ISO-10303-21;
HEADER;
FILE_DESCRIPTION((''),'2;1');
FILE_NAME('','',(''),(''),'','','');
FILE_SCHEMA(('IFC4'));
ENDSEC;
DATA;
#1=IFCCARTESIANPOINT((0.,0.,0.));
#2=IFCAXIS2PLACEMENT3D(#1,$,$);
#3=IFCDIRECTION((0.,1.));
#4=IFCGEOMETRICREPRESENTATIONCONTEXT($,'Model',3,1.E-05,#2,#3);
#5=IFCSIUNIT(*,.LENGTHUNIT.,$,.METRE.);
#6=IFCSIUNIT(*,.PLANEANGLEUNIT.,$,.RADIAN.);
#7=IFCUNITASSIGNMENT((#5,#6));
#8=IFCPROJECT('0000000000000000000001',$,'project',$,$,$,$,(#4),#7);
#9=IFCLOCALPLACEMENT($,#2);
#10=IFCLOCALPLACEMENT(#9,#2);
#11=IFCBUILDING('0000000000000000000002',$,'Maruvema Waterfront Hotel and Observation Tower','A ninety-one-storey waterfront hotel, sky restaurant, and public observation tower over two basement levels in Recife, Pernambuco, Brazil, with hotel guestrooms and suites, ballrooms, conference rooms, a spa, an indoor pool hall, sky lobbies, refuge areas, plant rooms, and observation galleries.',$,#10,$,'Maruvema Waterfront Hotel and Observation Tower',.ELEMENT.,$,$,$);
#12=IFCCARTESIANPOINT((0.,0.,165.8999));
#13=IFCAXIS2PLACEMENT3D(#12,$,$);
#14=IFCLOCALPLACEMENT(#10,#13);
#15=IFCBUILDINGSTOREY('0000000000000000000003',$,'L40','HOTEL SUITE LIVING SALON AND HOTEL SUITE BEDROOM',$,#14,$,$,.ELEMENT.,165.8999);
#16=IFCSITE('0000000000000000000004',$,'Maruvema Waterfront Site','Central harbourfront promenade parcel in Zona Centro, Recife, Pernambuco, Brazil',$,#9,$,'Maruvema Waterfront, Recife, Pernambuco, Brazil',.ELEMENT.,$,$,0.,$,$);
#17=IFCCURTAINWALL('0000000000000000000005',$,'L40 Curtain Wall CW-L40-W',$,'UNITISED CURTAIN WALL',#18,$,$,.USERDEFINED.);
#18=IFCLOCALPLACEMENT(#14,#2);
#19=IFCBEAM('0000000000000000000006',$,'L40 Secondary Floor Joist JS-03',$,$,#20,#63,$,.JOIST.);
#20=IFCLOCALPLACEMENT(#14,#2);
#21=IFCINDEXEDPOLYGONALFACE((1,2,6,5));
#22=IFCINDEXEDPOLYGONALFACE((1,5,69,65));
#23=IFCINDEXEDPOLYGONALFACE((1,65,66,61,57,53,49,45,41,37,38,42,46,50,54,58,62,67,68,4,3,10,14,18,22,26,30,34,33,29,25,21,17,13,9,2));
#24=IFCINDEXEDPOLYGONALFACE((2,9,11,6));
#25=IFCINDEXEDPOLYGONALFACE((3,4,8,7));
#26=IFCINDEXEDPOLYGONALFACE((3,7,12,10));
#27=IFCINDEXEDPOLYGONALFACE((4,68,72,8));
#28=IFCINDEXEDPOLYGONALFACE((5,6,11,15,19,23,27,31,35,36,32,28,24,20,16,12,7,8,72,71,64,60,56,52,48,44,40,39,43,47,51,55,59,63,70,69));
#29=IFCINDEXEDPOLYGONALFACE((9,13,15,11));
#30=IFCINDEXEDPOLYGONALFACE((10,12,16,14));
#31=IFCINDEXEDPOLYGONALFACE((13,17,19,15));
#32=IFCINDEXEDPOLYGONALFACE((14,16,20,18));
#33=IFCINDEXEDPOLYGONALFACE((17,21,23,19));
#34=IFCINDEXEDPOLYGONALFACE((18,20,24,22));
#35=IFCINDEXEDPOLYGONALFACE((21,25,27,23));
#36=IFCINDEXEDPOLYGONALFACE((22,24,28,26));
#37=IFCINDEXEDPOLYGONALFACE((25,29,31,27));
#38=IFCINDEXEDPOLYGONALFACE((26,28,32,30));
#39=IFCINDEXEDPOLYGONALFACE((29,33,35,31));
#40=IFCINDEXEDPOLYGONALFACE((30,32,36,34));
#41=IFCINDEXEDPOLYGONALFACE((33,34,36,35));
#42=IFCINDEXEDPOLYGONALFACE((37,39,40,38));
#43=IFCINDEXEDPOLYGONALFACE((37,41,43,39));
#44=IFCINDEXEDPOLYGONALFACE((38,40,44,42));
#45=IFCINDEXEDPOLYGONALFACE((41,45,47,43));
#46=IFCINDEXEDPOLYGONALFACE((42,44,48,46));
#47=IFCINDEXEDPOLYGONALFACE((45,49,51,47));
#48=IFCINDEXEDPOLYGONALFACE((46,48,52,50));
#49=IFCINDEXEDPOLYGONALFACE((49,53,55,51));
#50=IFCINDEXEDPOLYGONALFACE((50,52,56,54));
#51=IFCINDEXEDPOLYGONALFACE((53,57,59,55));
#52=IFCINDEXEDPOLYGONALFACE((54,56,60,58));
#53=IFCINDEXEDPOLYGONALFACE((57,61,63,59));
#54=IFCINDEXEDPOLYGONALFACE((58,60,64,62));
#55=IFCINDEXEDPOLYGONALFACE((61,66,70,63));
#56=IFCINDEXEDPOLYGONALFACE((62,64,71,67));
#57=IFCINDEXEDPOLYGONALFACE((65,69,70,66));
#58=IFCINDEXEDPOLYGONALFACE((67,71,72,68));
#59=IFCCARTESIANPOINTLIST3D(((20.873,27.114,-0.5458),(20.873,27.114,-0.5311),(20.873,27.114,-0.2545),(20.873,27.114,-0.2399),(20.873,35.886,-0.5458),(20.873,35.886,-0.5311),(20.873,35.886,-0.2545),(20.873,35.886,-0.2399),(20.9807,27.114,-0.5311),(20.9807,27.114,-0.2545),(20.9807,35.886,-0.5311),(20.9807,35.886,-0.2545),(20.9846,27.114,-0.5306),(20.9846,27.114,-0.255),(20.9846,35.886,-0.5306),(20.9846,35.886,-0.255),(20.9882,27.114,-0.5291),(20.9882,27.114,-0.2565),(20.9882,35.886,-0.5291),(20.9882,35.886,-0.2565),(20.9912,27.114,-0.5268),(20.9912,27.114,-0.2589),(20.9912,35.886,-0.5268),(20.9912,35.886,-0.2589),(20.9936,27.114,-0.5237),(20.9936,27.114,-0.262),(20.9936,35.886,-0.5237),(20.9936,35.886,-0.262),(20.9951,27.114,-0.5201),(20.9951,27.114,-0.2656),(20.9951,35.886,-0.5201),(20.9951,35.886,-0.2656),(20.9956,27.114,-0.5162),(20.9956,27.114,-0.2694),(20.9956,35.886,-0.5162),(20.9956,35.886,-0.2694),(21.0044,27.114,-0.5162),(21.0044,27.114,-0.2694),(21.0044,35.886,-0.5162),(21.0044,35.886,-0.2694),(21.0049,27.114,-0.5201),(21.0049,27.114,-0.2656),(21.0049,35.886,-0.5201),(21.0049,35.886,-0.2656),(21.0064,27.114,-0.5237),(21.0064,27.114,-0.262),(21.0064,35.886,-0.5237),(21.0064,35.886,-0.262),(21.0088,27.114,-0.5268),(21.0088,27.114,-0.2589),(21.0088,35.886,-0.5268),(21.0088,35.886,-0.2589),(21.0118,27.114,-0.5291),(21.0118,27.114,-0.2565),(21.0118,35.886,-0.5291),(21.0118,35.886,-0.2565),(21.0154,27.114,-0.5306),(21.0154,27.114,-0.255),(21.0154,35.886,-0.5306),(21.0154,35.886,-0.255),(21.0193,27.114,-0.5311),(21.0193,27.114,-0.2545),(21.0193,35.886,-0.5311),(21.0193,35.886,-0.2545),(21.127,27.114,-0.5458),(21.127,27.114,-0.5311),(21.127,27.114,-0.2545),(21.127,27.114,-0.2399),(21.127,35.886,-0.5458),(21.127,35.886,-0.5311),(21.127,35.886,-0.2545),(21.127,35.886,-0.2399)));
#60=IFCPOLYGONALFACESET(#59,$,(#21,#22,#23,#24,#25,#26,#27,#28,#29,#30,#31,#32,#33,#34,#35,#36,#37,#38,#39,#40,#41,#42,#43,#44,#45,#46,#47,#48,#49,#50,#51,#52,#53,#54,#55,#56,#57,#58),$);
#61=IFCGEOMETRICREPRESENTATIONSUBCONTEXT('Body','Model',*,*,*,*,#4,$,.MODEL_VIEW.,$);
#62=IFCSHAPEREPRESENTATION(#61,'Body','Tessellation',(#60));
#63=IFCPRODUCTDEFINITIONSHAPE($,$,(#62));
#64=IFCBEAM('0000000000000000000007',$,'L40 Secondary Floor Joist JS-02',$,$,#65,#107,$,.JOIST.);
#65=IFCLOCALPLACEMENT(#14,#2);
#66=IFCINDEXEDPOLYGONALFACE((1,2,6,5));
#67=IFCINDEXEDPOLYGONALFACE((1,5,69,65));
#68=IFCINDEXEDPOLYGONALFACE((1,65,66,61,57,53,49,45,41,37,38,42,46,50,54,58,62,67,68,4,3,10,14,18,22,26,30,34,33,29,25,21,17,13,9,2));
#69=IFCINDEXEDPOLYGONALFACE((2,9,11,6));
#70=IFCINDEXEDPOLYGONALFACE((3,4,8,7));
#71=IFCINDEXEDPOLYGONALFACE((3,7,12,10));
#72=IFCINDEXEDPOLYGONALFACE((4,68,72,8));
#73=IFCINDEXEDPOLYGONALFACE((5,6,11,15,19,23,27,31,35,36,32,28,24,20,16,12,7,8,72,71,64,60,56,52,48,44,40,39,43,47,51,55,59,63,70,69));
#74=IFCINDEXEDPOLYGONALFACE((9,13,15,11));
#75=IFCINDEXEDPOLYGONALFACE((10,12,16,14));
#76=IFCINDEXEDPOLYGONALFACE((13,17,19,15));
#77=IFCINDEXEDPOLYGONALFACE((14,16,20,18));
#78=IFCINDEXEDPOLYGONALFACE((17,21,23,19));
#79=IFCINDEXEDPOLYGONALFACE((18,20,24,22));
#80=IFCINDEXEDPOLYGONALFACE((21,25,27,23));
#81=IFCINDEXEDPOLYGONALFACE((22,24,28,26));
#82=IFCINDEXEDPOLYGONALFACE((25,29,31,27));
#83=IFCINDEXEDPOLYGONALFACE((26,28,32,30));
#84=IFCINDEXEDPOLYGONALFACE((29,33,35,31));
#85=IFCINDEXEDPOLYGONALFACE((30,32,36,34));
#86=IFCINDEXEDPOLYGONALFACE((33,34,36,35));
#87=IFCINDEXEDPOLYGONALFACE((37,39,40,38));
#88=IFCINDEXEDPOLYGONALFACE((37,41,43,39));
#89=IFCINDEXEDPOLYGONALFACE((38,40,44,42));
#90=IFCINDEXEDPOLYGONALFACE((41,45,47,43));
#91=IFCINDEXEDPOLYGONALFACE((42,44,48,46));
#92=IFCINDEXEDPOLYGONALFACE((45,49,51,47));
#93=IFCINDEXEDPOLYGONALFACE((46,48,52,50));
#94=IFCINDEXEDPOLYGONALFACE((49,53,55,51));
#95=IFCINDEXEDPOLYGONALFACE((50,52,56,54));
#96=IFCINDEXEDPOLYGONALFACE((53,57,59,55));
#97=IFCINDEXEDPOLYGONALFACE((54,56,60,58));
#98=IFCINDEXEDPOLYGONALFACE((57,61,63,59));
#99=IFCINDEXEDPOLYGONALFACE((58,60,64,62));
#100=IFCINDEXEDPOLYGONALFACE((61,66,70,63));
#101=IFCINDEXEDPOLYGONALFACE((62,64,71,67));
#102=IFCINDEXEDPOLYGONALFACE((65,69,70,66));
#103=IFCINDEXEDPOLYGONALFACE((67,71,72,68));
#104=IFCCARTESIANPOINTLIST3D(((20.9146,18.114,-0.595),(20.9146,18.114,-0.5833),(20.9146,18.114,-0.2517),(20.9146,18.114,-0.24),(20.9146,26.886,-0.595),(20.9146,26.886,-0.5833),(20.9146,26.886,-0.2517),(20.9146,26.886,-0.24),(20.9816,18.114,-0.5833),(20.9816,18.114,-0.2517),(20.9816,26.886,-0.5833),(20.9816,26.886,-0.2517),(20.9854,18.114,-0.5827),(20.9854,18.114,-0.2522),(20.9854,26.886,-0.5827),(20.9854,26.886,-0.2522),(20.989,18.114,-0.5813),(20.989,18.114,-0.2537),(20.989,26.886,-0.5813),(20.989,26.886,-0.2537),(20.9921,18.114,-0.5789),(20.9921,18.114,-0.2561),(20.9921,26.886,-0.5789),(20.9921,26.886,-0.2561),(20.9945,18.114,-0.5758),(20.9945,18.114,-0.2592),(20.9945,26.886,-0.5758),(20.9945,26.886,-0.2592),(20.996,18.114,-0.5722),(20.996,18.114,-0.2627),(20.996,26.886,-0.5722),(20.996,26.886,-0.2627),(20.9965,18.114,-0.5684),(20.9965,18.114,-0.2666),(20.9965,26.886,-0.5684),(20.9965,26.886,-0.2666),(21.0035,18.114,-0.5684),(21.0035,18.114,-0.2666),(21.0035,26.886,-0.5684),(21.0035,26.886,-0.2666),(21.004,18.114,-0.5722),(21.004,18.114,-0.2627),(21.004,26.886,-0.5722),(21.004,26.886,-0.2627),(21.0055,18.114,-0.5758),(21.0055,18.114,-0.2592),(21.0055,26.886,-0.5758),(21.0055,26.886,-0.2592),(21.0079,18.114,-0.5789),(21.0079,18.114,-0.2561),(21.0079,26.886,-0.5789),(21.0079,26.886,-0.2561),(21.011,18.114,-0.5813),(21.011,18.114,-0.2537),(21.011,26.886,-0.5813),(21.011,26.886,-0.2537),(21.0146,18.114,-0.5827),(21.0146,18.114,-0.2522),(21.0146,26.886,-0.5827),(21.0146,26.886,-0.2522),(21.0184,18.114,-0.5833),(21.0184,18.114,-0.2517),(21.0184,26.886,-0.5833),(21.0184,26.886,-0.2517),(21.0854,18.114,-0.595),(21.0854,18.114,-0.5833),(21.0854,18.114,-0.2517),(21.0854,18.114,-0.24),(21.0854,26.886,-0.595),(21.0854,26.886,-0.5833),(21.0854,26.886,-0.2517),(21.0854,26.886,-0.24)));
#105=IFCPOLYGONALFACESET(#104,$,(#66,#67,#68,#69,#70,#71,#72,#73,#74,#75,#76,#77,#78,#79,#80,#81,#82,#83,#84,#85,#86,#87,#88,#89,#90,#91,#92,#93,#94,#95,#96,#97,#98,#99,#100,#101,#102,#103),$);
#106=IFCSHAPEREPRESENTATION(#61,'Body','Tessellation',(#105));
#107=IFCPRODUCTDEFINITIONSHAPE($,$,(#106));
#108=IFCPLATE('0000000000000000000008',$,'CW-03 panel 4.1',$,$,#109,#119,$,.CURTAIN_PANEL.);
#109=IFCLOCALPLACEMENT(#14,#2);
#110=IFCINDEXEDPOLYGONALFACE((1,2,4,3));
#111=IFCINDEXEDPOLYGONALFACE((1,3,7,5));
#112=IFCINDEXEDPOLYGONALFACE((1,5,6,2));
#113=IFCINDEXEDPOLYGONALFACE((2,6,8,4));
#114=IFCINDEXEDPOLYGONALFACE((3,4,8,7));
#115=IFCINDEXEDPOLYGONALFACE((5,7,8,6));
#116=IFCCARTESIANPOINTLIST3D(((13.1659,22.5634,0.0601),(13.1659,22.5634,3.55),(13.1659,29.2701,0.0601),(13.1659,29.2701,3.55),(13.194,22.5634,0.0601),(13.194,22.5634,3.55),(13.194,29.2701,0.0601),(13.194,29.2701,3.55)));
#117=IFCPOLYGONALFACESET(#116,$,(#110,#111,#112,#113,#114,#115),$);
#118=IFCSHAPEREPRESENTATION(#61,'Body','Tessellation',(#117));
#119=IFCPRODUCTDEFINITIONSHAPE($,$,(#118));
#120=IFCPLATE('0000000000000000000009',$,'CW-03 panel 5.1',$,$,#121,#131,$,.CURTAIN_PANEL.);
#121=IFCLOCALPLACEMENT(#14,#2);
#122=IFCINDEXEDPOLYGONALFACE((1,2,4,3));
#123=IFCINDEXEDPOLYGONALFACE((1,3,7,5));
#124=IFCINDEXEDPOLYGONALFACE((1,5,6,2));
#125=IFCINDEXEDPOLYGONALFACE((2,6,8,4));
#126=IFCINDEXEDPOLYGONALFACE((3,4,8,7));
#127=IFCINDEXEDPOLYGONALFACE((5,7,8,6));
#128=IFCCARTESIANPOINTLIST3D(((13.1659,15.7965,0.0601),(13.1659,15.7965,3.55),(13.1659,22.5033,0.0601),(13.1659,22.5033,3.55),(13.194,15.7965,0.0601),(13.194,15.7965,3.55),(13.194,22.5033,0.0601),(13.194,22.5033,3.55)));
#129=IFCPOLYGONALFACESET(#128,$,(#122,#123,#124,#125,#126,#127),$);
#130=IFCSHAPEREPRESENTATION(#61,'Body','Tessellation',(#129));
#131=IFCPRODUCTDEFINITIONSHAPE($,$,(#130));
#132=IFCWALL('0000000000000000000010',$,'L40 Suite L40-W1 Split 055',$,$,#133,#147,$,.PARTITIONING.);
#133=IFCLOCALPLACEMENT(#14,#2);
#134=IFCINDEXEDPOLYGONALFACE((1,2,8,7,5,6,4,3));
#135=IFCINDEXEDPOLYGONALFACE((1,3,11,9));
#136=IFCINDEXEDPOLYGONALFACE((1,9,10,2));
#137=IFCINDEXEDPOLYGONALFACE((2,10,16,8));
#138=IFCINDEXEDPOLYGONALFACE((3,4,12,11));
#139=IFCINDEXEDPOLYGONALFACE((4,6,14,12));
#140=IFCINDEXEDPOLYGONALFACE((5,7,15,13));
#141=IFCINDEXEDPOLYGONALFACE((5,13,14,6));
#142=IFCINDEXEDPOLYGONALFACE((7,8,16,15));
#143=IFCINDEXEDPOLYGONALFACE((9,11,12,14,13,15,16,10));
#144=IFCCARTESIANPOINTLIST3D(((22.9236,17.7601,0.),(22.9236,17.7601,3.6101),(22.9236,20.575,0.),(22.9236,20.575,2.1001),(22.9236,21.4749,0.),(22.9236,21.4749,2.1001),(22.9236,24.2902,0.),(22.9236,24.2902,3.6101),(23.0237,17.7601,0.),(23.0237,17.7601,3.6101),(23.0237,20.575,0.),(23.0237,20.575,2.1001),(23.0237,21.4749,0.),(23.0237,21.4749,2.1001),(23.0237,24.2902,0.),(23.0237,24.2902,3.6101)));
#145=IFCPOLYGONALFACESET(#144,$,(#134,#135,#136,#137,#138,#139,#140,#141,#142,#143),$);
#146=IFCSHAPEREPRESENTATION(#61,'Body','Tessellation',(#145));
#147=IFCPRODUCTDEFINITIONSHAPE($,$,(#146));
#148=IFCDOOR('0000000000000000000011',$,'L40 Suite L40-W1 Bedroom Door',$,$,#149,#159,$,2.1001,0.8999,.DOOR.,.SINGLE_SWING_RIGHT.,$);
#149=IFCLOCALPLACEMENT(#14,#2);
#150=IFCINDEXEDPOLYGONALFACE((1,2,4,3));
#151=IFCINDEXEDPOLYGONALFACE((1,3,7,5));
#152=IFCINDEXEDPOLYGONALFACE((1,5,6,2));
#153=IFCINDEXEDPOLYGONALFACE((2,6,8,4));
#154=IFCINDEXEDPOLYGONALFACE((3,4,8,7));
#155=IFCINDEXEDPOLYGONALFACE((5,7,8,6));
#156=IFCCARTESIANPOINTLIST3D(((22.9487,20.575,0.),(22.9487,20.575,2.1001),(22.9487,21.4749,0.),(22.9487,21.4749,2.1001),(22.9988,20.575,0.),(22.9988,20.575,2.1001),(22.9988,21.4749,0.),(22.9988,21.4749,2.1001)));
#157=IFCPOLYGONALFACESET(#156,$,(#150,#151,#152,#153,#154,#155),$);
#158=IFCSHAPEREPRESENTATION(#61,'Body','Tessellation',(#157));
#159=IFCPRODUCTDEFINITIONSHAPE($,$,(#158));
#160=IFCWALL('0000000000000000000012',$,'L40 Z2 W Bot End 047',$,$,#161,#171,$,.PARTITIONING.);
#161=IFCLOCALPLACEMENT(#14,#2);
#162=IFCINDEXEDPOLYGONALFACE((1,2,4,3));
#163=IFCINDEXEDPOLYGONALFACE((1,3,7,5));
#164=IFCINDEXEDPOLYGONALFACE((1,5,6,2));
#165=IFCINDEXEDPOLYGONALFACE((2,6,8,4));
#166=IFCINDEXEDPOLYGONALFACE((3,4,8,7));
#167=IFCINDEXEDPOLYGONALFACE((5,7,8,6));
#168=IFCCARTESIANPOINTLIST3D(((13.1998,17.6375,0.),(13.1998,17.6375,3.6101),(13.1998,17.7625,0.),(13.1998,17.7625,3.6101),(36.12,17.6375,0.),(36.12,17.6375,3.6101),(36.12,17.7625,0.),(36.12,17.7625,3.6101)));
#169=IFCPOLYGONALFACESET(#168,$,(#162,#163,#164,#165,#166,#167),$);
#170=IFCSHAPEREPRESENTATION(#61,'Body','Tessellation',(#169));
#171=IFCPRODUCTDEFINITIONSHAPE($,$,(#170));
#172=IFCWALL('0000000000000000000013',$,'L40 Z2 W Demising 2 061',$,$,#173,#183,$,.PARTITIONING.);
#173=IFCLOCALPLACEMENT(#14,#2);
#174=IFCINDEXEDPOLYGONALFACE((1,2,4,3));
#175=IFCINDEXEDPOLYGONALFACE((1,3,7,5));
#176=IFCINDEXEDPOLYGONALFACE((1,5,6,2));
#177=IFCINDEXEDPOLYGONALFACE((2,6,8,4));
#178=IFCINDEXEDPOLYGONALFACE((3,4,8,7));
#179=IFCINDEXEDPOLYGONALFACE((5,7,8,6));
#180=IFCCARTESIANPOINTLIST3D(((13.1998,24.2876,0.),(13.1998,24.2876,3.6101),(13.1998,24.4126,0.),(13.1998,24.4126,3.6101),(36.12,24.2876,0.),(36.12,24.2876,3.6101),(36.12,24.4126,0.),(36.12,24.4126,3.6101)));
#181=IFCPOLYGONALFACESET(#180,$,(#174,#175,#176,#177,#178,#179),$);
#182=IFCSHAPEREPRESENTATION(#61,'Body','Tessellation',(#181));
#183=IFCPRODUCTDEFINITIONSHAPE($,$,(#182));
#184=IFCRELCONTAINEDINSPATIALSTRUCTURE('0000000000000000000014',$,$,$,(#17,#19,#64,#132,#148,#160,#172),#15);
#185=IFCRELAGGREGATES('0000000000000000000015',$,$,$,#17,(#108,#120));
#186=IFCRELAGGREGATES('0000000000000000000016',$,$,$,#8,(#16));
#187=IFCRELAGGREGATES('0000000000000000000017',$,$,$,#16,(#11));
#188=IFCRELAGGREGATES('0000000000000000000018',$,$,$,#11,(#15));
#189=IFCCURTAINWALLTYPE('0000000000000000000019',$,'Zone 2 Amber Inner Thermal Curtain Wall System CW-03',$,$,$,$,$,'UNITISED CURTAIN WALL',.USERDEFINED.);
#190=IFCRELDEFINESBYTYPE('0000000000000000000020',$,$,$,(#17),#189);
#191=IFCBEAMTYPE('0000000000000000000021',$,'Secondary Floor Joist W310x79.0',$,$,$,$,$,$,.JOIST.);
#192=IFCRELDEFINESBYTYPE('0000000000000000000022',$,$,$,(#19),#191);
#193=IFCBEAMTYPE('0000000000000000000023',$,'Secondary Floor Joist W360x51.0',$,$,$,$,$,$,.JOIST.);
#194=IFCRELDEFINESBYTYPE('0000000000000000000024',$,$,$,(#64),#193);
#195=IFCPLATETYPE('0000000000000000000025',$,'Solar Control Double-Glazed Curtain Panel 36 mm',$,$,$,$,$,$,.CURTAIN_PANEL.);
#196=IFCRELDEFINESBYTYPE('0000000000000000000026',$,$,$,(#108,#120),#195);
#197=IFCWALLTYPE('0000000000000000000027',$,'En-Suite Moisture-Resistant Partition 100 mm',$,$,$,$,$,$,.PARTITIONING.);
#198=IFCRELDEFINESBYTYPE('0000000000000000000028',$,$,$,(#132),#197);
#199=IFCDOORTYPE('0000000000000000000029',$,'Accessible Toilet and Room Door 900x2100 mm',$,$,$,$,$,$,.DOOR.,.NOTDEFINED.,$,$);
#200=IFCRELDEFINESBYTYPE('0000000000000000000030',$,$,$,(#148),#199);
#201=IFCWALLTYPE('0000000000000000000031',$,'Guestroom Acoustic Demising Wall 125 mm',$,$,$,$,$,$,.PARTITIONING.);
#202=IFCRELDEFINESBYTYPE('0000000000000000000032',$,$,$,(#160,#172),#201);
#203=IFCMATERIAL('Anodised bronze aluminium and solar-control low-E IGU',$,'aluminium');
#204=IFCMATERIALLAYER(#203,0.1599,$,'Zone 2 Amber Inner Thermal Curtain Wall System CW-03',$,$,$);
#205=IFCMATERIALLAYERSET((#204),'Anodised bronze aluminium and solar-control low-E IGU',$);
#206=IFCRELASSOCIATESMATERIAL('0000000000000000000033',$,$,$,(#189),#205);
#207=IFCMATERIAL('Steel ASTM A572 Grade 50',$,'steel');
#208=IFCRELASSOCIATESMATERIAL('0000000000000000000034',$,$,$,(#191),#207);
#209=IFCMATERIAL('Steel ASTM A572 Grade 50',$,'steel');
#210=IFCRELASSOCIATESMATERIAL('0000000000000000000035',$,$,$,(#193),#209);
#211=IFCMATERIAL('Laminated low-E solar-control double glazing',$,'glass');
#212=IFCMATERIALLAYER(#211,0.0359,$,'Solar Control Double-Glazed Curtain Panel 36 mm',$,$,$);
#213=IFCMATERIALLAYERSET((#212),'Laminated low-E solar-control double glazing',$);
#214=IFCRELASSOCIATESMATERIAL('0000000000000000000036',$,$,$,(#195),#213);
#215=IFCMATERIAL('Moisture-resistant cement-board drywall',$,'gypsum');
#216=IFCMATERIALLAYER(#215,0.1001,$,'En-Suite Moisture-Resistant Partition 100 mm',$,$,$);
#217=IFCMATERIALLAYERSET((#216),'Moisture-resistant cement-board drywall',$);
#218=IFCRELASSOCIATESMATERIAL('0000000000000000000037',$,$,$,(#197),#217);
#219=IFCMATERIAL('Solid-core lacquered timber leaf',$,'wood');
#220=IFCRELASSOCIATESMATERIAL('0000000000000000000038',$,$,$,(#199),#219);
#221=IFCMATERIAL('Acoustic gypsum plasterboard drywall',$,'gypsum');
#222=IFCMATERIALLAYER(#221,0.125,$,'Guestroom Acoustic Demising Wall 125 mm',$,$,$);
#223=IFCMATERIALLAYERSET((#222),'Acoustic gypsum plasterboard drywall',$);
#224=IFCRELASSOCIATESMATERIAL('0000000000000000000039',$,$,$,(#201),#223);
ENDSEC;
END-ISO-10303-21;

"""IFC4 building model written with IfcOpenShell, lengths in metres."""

from ifc_helpers import new_model, si_unit, direction, frame, frame_2d, origin, origin_2d, place, context, subcontext, project, spatial, rectangle, i_section, extrude, material, layer, layer_set, material_profile, profile_set, type_object, element, fill, aggregate, save


model = new_model("IFC4")

# Units and contexts
model_context = context("Model", 3, precision=1e-05, world=origin(), true_north=direction((0.0, 1.0)))
body_context = subcontext(model_context, "Body", "Model", "MODEL_VIEW")
ifc_project = project(units=[si_unit("LENGTHUNIT", "METRE"), si_unit("PLANEANGLEUNIT", "RADIAN")], contexts=[model_context])

# Site, building, storey
site_placement = place(None, origin())
site = spatial("IfcSite", under=ifc_project, at=site_placement, Name="Maruvema Waterfront Site", Description="Central harbourfront promenade parcel in Zona Centro, Recife, Pernambuco, Brazil", LongName="Maruvema Waterfront, Recife, Pernambuco, Brazil", CompositionType="ELEMENT", RefElevation=0.0)
building_placement = place(site_placement, origin())
building = spatial("IfcBuilding", under=site, at=building_placement, Name="Maruvema Waterfront Hotel and Observation Tower", Description="A ninety-one-storey waterfront hotel, sky restaurant, and public observation tower over two basement levels in Recife, Pernambuco, Brazil, with hotel guestrooms and suites, ballrooms, conference rooms, a spa, an indoor pool hall, sky lobbies, refuge areas, plant rooms, and observation galleries.", LongName="Maruvema Waterfront Hotel and Observation Tower", CompositionType="ELEMENT")
storey_placement = place(building_placement, frame((0.0, 0.0, 165.8999)))
storey = spatial("IfcBuildingStorey", under=building, at=storey_placement, Name="L40", Description="HOTEL SUITE LIVING SALON AND HOTEL SUITE BEDROOM", CompositionType="ELEMENT", Elevation=165.8999)

# Curtain wall
ifc_material_1 = material(Name="Anodised bronze aluminium and solar-control low-E IGU", Category="aluminium")
ifc_layer_1 = layer(ifc_material_1, 0.1599, Name="Zone 2 Amber Inner Thermal Curtain Wall System CW-03")
ifc_layer_set_1 = layer_set([ifc_layer_1], Name="Anodised bronze aluminium and solar-control low-E IGU")
curtain_wall_type = type_object("IfcCurtainWallType", Name="Zone 2 Amber Inner Thermal Curtain Wall System CW-03", ElementType="UNITISED CURTAIN WALL", PredefinedType="USERDEFINED", material=ifc_layer_set_1)
curtain_wall_placement = place(storey_placement, origin())
curtain_wall = element("IfcCurtainWall", 1, at=curtain_wall_placement, inside=storey, type_object=curtain_wall_type, Name="L40 Curtain Wall CW-L40-W", ObjectType="UNITISED CURTAIN WALL", PredefinedType="USERDEFINED")

# Beams
ifc_material_2 = material(Name="Steel ASTM A572 Grade 50", Category="steel")
ifc_material_profile_1 = material_profile(ifc_material_2, i_section(OverallWidth=0.2539, OverallDepth=0.3059, WebThickness=0.0088, FlangeThickness=0.0146, FilletRadius=0.0149, at=origin_2d()), Name="W310x79.0")
ifc_profile_set_1 = profile_set([ifc_material_profile_1], Name="Steel ASTM A572 Grade 50")
beam_type_1 = type_object("IfcBeamType", Name="Secondary Floor Joist W310x79.0", PredefinedType="JOIST", material=ifc_profile_set_1)
beam_1_placement = place(storey_placement, frame((21.0, 27.114, -0.3928), z_axis=(0.0, 1.0, 0.0), x_axis=(-1.0, 0.0, 0.0)))
element("IfcBeam", 2, at=beam_1_placement, inside=storey, type_object=beam_type_1, Name="L40 Secondary Floor Joist JS-03", PredefinedType="JOIST", context=body_context, shape_type="SweptSolid", body=[
    extrude(i_section(OverallWidth=0.2539, OverallDepth=0.3059, WebThickness=0.0088, FlangeThickness=0.0146, FilletRadius=0.0149, at=origin_2d()), origin(), (0.0, 0.0, 1.0), 8.772),
])
ifc_material_3 = material(Name="Steel ASTM A572 Grade 50", Category="steel")
ifc_material_profile_2 = material_profile(ifc_material_3, i_section(OverallWidth=0.1709, OverallDepth=0.355, WebThickness=0.0071, FlangeThickness=0.0117, FilletRadius=0.0149, at=origin_2d()), Name="W360x51.0")
ifc_profile_set_2 = profile_set([ifc_material_profile_2], Name="Steel ASTM A572 Grade 50")
beam_type_2 = type_object("IfcBeamType", Name="Secondary Floor Joist W360x51.0", PredefinedType="JOIST", material=ifc_profile_set_2)
beam_2_placement = place(storey_placement, frame((21.0, 18.114, -0.4175), z_axis=(0.0, 1.0, 0.0), x_axis=(-1.0, 0.0, 0.0)))
element("IfcBeam", 3, at=beam_2_placement, inside=storey, type_object=beam_type_2, Name="L40 Secondary Floor Joist JS-02", PredefinedType="JOIST", context=body_context, shape_type="SweptSolid", body=[
    extrude(i_section(OverallWidth=0.1709, OverallDepth=0.355, WebThickness=0.0071, FlangeThickness=0.0117, FilletRadius=0.0149, at=origin_2d()), origin(), (0.0, 0.0, 1.0), 8.772),
])

# Plates
ifc_material_4 = material(Name="Laminated low-E solar-control double glazing", Category="glass")
ifc_layer_2 = layer(ifc_material_4, 0.0359, Name="Solar Control Double-Glazed Curtain Panel 36 mm")
ifc_layer_set_2 = layer_set([ifc_layer_2], Name="Laminated low-E solar-control double glazing")
plate_type = type_object("IfcPlateType", Name="Solar Control Double-Glazed Curtain Panel 36 mm", PredefinedType="CURTAIN_PANEL", material=ifc_layer_set_2)
plate_1_placement = place(storey_placement, frame((13.1799, 25.9167, 0.0601), z_axis=(0.0, 0.0, 1.0), x_axis=(0.0, -1.0, 0.0)))
plate_1 = element("IfcPlate", 4, at=plate_1_placement, type_object=plate_type, Name="CW-03 panel 4.1", PredefinedType="CURTAIN_PANEL", context=body_context, shape_type="SweptSolid", body=[
    extrude(rectangle(XDim=6.7068, YDim=0.0281, at=origin_2d()), origin(), (0.0, 0.0, 1.0), 3.49),
])
plate_2_placement = place(storey_placement, frame((13.1799, 19.1499, 0.0601), z_axis=(0.0, 0.0, 1.0), x_axis=(0.0, -1.0, 0.0)))
plate_2 = element("IfcPlate", 5, at=plate_2_placement, type_object=plate_type, Name="CW-03 panel 5.1", PredefinedType="CURTAIN_PANEL", context=body_context, shape_type="SweptSolid", body=[
    extrude(rectangle(XDim=6.7068, YDim=0.0281, at=origin_2d()), origin(), (0.0, 0.0, 1.0), 3.49),
])
aggregate(curtain_wall, [plate_1, plate_2])

# Wall, opening, door
ifc_material_5 = material(Name="Moisture-resistant cement-board drywall", Category="gypsum")
ifc_layer_3 = layer(ifc_material_5, 0.1001, Name="En-Suite Moisture-Resistant Partition 100 mm")
ifc_layer_set_3 = layer_set([ifc_layer_3], Name="Moisture-resistant cement-board drywall")
wall_type_1 = type_object("IfcWallType", Name="En-Suite Moisture-Resistant Partition 100 mm", PredefinedType="PARTITIONING", material=ifc_layer_set_3)
wall_placement = place(storey_placement, frame((22.9736, 17.76, 0.0), z_axis=(0.0, 0.0, 1.0), x_axis=(0.0, 1.0, 0.0)))
wall = element("IfcWall", 6, at=wall_placement, inside=storey, type_object=wall_type_1, Name="L40 Suite L40-W1 Split 055", PredefinedType="PARTITIONING", context=body_context, shape_type="SweptSolid", body=[
    extrude(rectangle(XDim=6.53, YDim=0.1001, at=frame_2d((3.2651, 0.0))), origin(), (0.0, 0.0, 1.0), 3.6101),
])
opening_placement = place(wall_placement, frame((2.8149, 0.0, 0.0)))
opening = element("IfcOpeningElement", 7, at=opening_placement, cuts=wall, PredefinedType="OPENING", context=body_context, shape_type="SweptSolid", body=[
    extrude(rectangle(XDim=0.8999, YDim=2.1001, at=frame_2d((0.45, 1.05))), frame((0.0, 0.0601, 0.0), z_axis=(0.0, -1.0, 0.0), x_axis=(1.0, 0.0, 0.0)), (0.0, 0.0, 1.0), 0.1201),
])
ifc_material_6 = material(Name="Solid-core lacquered timber leaf", Category="wood")
door_type = type_object("IfcDoorType", Name="Accessible Toilet and Room Door 900x2100 mm", OperationType="NOTDEFINED", PredefinedType="DOOR", material=ifc_material_6)
door_placement = place(opening_placement, origin())
door = element("IfcDoor", 8, at=door_placement, inside=storey, type_object=door_type, Name="L40 Suite L40-W1 Bedroom Door", OperationType="SINGLE_SWING_RIGHT", OverallHeight=2.1001, OverallWidth=0.8999, PredefinedType="DOOR", context=body_context, shape_type="SweptSolid", body=[
    extrude(rectangle(XDim=0.8999, YDim=2.1001, at=frame_2d((0.45, 1.05))), frame((0.0, 0.0249, 0.0), z_axis=(0.0, -1.0, 0.0), x_axis=(1.0, 0.0, 0.0)), (0.0, 0.0, 1.0), 0.05),
])
fill(opening, door)

# Walls
ifc_material_7 = material(Name="Acoustic gypsum plasterboard drywall", Category="gypsum")
ifc_layer_4 = layer(ifc_material_7, 0.125, Name="Guestroom Acoustic Demising Wall 125 mm")
ifc_layer_set_4 = layer_set([ifc_layer_4], Name="Acoustic gypsum plasterboard drywall")
wall_type_2 = type_object("IfcWallType", Name="Guestroom Acoustic Demising Wall 125 mm", PredefinedType="PARTITIONING", material=ifc_layer_set_4)
for number, where, z_axis, x_axis, name in (
    (9, (13.2, 17.7, 0.0), (0.0, 0.0, 1.0), (1.0, 0.0, 0.0), "L40 Z2 W Bot End 047"),
    (10, (13.2, 24.3501, 0.0), (0.0, 0.0, 1.0), (1.0, 0.0, 0.0), "L40 Z2 W Demising 2 061"),
):
    element("IfcWall", number, at=place(storey_placement, frame(where, z_axis=z_axis, x_axis=x_axis)), inside=storey, type_object=wall_type_2, Name=name, PredefinedType="PARTITIONING", context=body_context, shape_type="SweptSolid", body=[
        extrude(rectangle(XDim=22.9202, YDim=0.125, at=frame_2d((11.46, 0.0))), origin(), (0.0, 0.0, 1.0), 3.6101),
    ])

save(model, "model.ifc")
